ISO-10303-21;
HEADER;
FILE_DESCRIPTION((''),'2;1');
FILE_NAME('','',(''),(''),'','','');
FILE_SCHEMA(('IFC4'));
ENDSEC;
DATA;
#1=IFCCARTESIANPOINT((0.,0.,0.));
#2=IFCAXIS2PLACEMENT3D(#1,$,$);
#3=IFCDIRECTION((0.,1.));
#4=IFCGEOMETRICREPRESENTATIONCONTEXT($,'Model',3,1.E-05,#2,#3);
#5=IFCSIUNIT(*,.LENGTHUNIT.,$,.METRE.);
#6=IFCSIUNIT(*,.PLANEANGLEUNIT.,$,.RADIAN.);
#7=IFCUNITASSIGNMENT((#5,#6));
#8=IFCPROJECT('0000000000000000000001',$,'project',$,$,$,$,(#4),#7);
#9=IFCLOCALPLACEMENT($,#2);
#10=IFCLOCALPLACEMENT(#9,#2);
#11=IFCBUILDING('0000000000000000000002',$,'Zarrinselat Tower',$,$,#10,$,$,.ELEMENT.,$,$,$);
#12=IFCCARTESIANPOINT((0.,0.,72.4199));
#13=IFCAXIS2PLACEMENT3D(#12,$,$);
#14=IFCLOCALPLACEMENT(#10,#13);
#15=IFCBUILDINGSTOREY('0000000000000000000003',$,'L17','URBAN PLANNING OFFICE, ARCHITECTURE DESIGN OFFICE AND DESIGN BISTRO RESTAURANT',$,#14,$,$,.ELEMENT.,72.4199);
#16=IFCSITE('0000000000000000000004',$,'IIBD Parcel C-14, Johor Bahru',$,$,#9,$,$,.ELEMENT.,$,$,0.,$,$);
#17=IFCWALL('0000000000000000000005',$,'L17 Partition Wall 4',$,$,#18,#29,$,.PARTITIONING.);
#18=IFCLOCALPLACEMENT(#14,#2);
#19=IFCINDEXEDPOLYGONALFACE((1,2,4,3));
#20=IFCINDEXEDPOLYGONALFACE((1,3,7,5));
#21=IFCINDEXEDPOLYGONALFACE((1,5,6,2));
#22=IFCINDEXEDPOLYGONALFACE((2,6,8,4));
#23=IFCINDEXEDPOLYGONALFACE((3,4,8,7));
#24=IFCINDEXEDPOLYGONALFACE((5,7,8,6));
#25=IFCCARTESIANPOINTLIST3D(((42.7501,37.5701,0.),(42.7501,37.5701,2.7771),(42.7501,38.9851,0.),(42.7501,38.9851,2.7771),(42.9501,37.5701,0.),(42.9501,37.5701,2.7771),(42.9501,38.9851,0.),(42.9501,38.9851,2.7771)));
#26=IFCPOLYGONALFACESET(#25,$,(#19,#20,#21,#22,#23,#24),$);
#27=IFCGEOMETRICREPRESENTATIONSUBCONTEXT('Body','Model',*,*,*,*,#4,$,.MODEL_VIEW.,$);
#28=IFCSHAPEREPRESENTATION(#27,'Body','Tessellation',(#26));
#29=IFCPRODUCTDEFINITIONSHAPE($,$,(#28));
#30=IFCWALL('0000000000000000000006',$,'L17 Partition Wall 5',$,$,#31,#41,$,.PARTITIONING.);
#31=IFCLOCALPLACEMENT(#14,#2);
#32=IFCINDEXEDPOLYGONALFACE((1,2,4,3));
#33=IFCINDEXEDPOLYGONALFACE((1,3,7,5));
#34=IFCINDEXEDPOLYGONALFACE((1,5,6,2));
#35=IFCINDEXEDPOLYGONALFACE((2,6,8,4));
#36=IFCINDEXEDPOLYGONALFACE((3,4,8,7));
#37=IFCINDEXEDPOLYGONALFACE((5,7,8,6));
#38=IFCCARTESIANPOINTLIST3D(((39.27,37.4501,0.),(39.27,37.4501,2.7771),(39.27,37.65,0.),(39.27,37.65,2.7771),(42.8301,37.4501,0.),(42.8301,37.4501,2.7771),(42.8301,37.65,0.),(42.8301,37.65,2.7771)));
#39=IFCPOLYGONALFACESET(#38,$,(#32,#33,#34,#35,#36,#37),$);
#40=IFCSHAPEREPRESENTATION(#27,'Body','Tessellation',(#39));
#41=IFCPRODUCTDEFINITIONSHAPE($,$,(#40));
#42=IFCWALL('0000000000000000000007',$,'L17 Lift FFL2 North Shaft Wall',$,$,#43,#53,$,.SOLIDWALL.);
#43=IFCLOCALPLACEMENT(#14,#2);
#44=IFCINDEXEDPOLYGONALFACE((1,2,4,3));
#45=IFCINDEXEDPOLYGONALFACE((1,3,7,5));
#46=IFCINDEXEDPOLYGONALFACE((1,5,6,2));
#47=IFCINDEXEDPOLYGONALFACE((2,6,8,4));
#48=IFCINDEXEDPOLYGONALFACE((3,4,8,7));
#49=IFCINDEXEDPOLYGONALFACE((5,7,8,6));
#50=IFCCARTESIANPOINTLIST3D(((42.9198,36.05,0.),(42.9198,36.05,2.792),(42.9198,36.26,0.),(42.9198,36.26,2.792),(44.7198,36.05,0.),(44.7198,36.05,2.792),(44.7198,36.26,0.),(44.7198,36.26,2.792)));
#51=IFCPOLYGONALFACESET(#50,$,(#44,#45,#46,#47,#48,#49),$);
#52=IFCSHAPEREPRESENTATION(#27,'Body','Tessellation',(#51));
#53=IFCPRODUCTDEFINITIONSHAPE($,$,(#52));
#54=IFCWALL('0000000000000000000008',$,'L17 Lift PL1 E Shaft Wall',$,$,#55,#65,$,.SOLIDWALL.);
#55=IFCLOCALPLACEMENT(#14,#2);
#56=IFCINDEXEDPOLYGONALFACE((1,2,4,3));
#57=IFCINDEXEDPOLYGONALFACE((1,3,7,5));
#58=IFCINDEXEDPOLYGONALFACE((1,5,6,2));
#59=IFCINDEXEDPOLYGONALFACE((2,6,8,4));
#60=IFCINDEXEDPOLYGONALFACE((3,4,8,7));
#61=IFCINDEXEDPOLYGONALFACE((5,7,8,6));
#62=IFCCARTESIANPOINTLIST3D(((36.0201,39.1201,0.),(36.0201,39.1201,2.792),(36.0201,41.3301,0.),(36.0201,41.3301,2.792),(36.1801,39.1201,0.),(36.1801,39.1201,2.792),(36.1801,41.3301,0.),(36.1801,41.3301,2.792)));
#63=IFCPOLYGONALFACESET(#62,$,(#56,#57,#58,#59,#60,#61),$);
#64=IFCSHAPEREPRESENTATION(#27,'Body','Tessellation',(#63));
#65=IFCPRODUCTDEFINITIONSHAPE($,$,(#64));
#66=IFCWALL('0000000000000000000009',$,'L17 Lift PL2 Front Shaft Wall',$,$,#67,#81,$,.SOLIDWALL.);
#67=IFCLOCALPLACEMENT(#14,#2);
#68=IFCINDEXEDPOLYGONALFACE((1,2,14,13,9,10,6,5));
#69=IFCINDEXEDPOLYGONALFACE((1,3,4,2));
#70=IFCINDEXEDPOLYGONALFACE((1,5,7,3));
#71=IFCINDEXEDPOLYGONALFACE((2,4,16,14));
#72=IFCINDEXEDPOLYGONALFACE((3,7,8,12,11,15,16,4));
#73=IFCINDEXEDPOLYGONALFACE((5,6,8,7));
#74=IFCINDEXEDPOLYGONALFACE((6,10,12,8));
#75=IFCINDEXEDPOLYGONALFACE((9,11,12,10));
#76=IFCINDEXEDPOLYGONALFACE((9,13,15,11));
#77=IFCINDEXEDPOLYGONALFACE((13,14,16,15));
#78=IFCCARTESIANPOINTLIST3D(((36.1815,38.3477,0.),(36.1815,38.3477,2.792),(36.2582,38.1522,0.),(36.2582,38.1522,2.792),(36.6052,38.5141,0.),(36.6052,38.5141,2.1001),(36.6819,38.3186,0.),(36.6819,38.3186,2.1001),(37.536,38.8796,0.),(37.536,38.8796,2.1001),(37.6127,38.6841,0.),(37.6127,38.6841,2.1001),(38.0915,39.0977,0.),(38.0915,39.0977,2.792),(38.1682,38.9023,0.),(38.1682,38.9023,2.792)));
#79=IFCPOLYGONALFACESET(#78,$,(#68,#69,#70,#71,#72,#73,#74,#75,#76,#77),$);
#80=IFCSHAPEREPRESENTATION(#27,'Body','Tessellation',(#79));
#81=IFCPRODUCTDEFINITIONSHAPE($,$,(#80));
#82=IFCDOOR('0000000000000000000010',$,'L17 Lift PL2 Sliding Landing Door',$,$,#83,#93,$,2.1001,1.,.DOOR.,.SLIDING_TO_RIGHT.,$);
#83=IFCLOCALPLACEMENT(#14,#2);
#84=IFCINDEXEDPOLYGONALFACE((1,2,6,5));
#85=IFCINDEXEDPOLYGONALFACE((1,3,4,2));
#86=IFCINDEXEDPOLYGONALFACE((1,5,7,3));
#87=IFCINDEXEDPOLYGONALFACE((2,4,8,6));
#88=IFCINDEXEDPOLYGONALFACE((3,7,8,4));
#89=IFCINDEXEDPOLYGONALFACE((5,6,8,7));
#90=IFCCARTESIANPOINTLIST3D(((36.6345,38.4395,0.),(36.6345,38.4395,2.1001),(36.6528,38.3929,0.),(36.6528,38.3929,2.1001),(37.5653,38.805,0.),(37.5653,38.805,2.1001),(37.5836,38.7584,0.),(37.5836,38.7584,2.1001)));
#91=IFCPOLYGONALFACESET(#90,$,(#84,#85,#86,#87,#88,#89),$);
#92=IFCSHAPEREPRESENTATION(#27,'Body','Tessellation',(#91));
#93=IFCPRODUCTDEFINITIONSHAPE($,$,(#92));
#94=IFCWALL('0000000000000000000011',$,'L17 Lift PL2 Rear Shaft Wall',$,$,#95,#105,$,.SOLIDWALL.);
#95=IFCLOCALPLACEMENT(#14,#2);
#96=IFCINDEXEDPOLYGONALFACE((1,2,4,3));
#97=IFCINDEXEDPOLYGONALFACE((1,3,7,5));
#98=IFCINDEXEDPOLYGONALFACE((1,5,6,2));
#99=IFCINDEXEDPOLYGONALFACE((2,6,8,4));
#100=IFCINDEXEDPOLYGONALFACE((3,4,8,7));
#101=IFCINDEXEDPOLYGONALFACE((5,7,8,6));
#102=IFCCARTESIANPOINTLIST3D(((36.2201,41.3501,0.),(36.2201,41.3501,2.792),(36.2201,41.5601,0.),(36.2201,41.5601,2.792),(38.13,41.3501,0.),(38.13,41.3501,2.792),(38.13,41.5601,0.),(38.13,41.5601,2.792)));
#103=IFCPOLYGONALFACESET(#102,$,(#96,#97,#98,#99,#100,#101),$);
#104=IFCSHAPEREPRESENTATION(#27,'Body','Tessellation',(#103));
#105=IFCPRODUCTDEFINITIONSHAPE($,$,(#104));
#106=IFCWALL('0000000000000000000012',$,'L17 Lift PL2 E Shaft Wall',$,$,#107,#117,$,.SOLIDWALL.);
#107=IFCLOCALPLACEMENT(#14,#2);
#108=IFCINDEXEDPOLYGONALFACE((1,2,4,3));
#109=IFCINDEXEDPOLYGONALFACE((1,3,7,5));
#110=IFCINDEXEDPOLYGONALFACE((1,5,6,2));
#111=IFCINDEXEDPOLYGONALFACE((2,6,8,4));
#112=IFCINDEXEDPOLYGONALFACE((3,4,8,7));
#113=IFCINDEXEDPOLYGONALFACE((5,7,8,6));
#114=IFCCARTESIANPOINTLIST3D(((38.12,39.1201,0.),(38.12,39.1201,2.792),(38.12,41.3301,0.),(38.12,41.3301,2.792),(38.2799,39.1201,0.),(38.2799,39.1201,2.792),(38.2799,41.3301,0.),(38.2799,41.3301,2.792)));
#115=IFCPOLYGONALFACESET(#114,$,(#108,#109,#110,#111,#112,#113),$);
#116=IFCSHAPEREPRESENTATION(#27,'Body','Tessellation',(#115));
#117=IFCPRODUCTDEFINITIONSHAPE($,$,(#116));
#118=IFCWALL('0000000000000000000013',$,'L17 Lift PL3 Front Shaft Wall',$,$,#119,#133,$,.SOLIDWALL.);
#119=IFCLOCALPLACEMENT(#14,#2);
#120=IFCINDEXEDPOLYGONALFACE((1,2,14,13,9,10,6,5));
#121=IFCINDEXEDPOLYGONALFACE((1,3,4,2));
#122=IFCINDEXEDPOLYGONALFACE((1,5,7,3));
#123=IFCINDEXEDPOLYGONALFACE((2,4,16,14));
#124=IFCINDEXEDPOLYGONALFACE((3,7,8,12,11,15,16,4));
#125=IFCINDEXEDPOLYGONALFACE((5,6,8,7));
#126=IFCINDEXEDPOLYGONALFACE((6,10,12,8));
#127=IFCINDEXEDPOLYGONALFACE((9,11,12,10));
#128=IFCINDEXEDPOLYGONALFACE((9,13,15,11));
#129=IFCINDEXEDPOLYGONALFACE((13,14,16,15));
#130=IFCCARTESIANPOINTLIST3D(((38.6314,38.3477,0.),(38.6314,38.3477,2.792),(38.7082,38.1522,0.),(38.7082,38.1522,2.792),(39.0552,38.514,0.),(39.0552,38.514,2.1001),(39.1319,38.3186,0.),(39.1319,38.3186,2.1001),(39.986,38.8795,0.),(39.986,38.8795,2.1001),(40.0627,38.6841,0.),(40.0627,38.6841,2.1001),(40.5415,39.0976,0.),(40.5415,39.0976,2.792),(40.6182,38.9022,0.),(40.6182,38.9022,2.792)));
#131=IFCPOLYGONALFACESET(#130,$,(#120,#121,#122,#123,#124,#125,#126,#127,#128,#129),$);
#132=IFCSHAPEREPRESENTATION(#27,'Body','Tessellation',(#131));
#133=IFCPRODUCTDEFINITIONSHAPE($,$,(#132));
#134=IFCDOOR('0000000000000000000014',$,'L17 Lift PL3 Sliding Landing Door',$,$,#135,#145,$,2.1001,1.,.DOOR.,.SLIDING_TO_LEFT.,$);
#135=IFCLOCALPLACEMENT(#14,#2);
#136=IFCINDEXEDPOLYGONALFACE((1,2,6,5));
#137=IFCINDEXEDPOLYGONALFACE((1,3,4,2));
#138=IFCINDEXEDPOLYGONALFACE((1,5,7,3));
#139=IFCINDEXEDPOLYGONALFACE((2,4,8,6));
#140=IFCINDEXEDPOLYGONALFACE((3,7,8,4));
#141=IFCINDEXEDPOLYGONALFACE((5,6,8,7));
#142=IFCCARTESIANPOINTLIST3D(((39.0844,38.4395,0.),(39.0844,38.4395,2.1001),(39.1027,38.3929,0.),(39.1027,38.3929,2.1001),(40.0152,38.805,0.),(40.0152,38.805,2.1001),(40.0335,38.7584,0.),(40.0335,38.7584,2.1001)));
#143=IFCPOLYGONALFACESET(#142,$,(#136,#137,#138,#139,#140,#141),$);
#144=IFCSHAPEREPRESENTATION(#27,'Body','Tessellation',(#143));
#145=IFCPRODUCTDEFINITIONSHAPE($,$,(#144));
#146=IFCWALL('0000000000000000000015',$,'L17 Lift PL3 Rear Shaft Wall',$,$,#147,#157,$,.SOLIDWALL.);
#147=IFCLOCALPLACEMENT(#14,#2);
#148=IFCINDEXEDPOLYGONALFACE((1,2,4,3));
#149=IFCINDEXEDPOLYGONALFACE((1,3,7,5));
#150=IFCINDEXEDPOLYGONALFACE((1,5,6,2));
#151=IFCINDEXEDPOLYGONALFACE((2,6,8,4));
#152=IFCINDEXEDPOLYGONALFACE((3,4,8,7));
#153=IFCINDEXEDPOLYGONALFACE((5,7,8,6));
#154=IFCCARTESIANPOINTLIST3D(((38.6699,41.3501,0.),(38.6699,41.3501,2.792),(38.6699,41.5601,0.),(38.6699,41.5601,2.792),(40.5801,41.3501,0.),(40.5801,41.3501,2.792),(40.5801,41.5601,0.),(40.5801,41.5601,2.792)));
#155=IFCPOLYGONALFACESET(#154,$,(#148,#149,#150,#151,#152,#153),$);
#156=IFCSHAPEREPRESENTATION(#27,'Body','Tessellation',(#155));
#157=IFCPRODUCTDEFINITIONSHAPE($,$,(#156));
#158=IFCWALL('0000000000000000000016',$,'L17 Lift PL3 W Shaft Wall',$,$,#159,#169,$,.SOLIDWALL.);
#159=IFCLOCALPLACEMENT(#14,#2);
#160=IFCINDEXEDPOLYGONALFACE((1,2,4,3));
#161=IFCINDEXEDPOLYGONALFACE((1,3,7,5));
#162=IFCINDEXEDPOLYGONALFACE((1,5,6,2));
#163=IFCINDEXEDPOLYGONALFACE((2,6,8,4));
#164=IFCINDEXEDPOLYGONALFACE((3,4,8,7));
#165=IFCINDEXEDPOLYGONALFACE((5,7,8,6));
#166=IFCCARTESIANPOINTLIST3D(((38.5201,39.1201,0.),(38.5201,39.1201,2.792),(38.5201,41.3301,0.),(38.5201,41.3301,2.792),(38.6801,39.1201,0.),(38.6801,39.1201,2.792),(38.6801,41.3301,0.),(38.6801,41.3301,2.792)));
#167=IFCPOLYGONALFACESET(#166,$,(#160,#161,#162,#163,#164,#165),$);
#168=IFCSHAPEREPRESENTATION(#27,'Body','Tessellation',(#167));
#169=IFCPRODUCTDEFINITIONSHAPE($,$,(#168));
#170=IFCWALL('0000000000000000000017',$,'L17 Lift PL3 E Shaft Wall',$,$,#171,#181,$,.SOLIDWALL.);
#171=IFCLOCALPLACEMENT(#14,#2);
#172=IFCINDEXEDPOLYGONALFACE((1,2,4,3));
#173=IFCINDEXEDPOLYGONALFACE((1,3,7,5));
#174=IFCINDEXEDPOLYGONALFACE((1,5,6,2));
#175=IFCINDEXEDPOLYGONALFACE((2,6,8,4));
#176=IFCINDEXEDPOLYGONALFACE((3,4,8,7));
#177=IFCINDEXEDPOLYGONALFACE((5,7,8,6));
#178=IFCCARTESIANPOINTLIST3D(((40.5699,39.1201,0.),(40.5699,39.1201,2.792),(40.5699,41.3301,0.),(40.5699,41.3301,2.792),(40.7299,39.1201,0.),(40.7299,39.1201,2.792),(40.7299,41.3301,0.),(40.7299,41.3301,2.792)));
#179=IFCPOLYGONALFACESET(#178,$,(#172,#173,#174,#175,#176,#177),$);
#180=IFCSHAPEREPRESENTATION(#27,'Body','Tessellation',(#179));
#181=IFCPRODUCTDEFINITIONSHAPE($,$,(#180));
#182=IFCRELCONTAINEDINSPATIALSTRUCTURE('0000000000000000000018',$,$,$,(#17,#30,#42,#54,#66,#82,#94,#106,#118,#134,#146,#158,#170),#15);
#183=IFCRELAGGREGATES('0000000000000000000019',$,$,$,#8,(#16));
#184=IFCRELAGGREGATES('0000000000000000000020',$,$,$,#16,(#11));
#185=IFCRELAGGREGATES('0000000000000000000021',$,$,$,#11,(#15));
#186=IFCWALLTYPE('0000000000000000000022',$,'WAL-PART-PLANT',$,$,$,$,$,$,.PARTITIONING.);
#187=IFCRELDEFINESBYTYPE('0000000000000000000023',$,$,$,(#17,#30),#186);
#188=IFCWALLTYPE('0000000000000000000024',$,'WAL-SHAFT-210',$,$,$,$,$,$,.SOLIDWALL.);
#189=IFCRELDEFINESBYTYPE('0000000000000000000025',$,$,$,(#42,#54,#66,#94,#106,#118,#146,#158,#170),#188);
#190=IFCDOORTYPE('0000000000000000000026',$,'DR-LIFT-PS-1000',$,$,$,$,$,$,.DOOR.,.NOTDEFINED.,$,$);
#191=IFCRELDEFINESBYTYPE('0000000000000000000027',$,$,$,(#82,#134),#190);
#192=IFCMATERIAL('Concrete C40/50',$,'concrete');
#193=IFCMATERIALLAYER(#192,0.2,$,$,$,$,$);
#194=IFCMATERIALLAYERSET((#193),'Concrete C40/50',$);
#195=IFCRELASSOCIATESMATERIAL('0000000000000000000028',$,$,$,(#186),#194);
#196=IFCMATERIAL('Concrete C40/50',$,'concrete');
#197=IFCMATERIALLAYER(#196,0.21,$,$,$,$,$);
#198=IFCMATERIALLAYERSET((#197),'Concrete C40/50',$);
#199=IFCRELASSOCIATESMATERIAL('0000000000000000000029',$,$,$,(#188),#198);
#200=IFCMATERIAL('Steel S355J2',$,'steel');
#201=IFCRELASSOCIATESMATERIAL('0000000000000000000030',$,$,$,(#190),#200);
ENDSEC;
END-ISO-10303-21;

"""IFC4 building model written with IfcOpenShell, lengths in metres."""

from ifc_helpers import new_model, si_unit, direction, frame, frame_2d, origin, place, context, subcontext, project, spatial, rectangle, extrude, material, layer, layer_set, type_object, element, fill, save


model = new_model("IFC4")

# Units and contexts
model_context = context("Model", 3, precision=1e-05, world=origin(), true_north=direction((0.0, 1.0)))
body_context = subcontext(model_context, "Body", "Model", "MODEL_VIEW")
ifc_project = project(units=[si_unit("LENGTHUNIT", "METRE"), si_unit("PLANEANGLEUNIT", "RADIAN")], contexts=[model_context])

# Site, building, storey
site_placement = place(None, origin())
site = spatial("IfcSite", under=ifc_project, at=site_placement, Name="IIBD Parcel C-14, Johor Bahru", CompositionType="ELEMENT", RefElevation=0.0)
building_placement = place(site_placement, origin())
building = spatial("IfcBuilding", under=site, at=building_placement, Name="Zarrinselat Tower", CompositionType="ELEMENT")
storey_placement = place(building_placement, frame((0.0, 0.0, 72.4199)))
storey = spatial("IfcBuildingStorey", under=building, at=storey_placement, Name="L17", Description="URBAN PLANNING OFFICE, ARCHITECTURE DESIGN OFFICE AND DESIGN BISTRO RESTAURANT", CompositionType="ELEMENT", Elevation=72.4199)

# Walls
ifc_material_1 = material(Name="Concrete C40/50", Category="concrete")
ifc_layer_1 = layer(ifc_material_1, 0.2)
ifc_layer_set_1 = layer_set([ifc_layer_1], Name="Concrete C40/50")
wall_type_1 = type_object("IfcWallType", Name="WAL-PART-PLANT", PredefinedType="PARTITIONING", material=ifc_layer_set_1)
wall_1_placement = place(storey_placement, frame((42.8501, 37.5701, 0.0), z_axis=(0.0, 0.0, 1.0), x_axis=(0.0, 1.0, 0.0)))
element("IfcWall", 1, at=wall_1_placement, inside=storey, type_object=wall_type_1, Name="L17 Partition Wall 4", PredefinedType="PARTITIONING", context=body_context, shape_type="SweptSolid", body=[
    extrude(rectangle(XDim=1.415, YDim=0.2, at=frame_2d((0.7075, 0.0))), origin(), (0.0, 0.0, 1.0), 2.7771),
])
wall_2_placement = place(storey_placement, frame((39.27, 37.55, 0.0), z_axis=(0.0, 0.0, 1.0), x_axis=(1.0, 0.0, 0.0)))
element("IfcWall", 2, at=wall_2_placement, inside=storey, type_object=wall_type_1, Name="L17 Partition Wall 5", PredefinedType="PARTITIONING", context=body_context, shape_type="SweptSolid", body=[
    extrude(rectangle(XDim=3.5601, YDim=0.2, at=frame_2d((1.78, 0.0))), origin(), (0.0, 0.0, 1.0), 2.7771),
])
ifc_material_2 = material(Name="Concrete C40/50", Category="concrete")
ifc_layer_2 = layer(ifc_material_2, 0.21)
ifc_layer_set_2 = layer_set([ifc_layer_2], Name="Concrete C40/50")
wall_type_2 = type_object("IfcWallType", Name="WAL-SHAFT-210", PredefinedType="SOLIDWALL", material=ifc_layer_set_2)
wall_3_placement = place(storey_placement, frame((42.9199, 36.155, 0.0), z_axis=(0.0, 0.0, 1.0), x_axis=(1.0, 0.0, 0.0)))
element("IfcWall", 3, at=wall_3_placement, inside=storey, type_object=wall_type_2, Name="L17 Lift FFL2 North Shaft Wall", PredefinedType="SOLIDWALL", context=body_context, shape_type="SweptSolid", body=[
    extrude(rectangle(XDim=1.8, YDim=0.21, at=frame_2d((0.8999, 0.0))), origin(), (0.0, 0.0, 1.0), 2.792),
])
wall_4_placement = place(storey_placement, frame((36.1001, 39.1201, 0.0), z_axis=(0.0, 0.0, 1.0), x_axis=(0.0, 1.0, 0.0)))
element("IfcWall", 4, at=wall_4_placement, inside=storey, type_object=wall_type_2, Name="L17 Lift PL1 E Shaft Wall", PredefinedType="SOLIDWALL", context=body_context, shape_type="SweptSolid", body=[
    extrude(rectangle(XDim=2.21, YDim=0.1599, at=frame_2d((1.105, 0.0))), origin(), (0.0, 0.0, 1.0), 2.792),
])

# Wall, opening, door
wall_5_placement = place(storey_placement, frame((36.22, 38.25, 0.0), z_axis=(0.0, 0.0, 1.0), x_axis=(0.930805, 0.365516, 0.0)))
wall_5 = element("IfcWall", 5, at=wall_5_placement, inside=storey, type_object=wall_type_2, Name="L17 Lift PL2 Front Shaft Wall", PredefinedType="SOLIDWALL", context=body_context, shape_type="SweptSolid", body=[
    extrude(rectangle(XDim=2.052, YDim=0.21, at=frame_2d((1.0259, 0.0))), origin(), (0.0, 0.0, 1.0), 2.792),
])
opening_1_placement = place(wall_5_placement, frame((0.4551, 0.0, 0.0)))
opening_1 = element("IfcOpeningElement", 6, at=opening_1_placement, cuts=wall_5, PredefinedType="OPENING", context=body_context, shape_type="SweptSolid", body=[
    extrude(rectangle(XDim=1.0, YDim=2.1001, at=frame_2d((0.5, 1.05))), frame((0.0, 0.115, 0.0), z_axis=(0.0, -1.0, 0.0), x_axis=(1.0, 0.0, 0.0)), (0.0, 0.0, 1.0), 0.23),
])
ifc_material_3 = material(Name="Steel S355J2", Category="steel")
door_type = type_object("IfcDoorType", Name="DR-LIFT-PS-1000", OperationType="NOTDEFINED", PredefinedType="DOOR", material=ifc_material_3)
door_1_placement = place(opening_1_placement, origin())
door_1 = element("IfcDoor", 7, at=door_1_placement, inside=storey, type_object=door_type, Name="L17 Lift PL2 Sliding Landing Door", OperationType="SLIDING_TO_RIGHT", OverallHeight=2.1001, OverallWidth=1.0, PredefinedType="DOOR", context=body_context, shape_type="SweptSolid", body=[
    extrude(rectangle(XDim=1.0, YDim=2.1001, at=frame_2d((0.5, 1.05))), frame((0.0, 0.0249, 0.0), z_axis=(0.0, -1.0, 0.0), x_axis=(1.0, 0.0, 0.0)), (0.0, 0.0, 1.0), 0.05),
])
fill(opening_1, door_1)

# Walls
wall_6_placement = place(storey_placement, frame((36.22, 41.4551, 0.0), z_axis=(0.0, 0.0, 1.0), x_axis=(1.0, 0.0, 0.0)))
element("IfcWall", 8, at=wall_6_placement, inside=storey, type_object=wall_type_2, Name="L17 Lift PL2 Rear Shaft Wall", PredefinedType="SOLIDWALL", context=body_context, shape_type="SweptSolid", body=[
    extrude(rectangle(XDim=1.9099, YDim=0.21, at=frame_2d((0.9551, 0.0))), origin(), (0.0, 0.0, 1.0), 2.792),
])
wall_7_placement = place(storey_placement, frame((38.2, 39.1201, 0.0), z_axis=(0.0, 0.0, 1.0), x_axis=(0.0, 1.0, 0.0)))
element("IfcWall", 9, at=wall_7_placement, inside=storey, type_object=wall_type_2, Name="L17 Lift PL2 E Shaft Wall", PredefinedType="SOLIDWALL", context=body_context, shape_type="SweptSolid", body=[
    extrude(rectangle(XDim=2.21, YDim=0.1599, at=frame_2d((1.105, 0.0))), origin(), (0.0, 0.0, 1.0), 2.792),
])

# Wall, opening, door
wall_8_placement = place(storey_placement, frame((38.6699, 38.25, 0.0), z_axis=(0.0, 0.0, 1.0), x_axis=(0.930821, 0.365476, 0.0)))
wall_8 = element("IfcWall", 10, at=wall_8_placement, inside=storey, type_object=wall_type_2, Name="L17 Lift PL3 Front Shaft Wall", PredefinedType="SOLIDWALL", context=body_context, shape_type="SweptSolid", body=[
    extrude(rectangle(XDim=2.052, YDim=0.21, at=frame_2d((1.0259, 0.0))), origin(), (0.0, 0.0, 1.0), 2.792),
])
opening_2_placement = place(wall_8_placement, frame((0.4551, 0.0, 0.0)))
opening_2 = element("IfcOpeningElement", 11, at=opening_2_placement, cuts=wall_8, PredefinedType="OPENING", context=body_context, shape_type="SweptSolid", body=[
    extrude(rectangle(XDim=1.0, YDim=2.1001, at=frame_2d((0.5, 1.05))), frame((0.0, 0.115, 0.0), z_axis=(0.0, -1.0, 0.0), x_axis=(1.0, 0.0, 0.0)), (0.0, 0.0, 1.0), 0.23),
])
door_2_placement = place(opening_2_placement, origin())
door_2 = element("IfcDoor", 12, at=door_2_placement, inside=storey, type_object=door_type, Name="L17 Lift PL3 Sliding Landing Door", OperationType="SLIDING_TO_LEFT", OverallHeight=2.1001, OverallWidth=1.0, PredefinedType="DOOR", context=body_context, shape_type="SweptSolid", body=[
    extrude(rectangle(XDim=1.0, YDim=2.1001, at=frame_2d((0.5, 1.05))), frame((0.0, 0.0249, 0.0), z_axis=(0.0, -1.0, 0.0), x_axis=(1.0, 0.0, 0.0)), (0.0, 0.0, 1.0), 0.05),
])
fill(opening_2, door_2)

# Walls
wall_9_placement = place(storey_placement, frame((38.6699, 41.4551, 0.0), z_axis=(0.0, 0.0, 1.0), x_axis=(1.0, 0.0, 0.0)))
element("IfcWall", 13, at=wall_9_placement, inside=storey, type_object=wall_type_2, Name="L17 Lift PL3 Rear Shaft Wall", PredefinedType="SOLIDWALL", context=body_context, shape_type="SweptSolid", body=[
    extrude(rectangle(XDim=1.9102, YDim=0.21, at=frame_2d((0.9551, 0.0))), origin(), (0.0, 0.0, 1.0), 2.792),
])
for number, where, z_axis, x_axis, name in (
    (14, (38.6001, 39.1201, 0.0), (0.0, 0.0, 1.0), (0.0, 1.0, 0.0), "L17 Lift PL3 W Shaft Wall"),
    (15, (40.6499, 39.1201, 0.0), (0.0, 0.0, 1.0), (0.0, 1.0, 0.0), "L17 Lift PL3 E Shaft Wall"),
):
    element("IfcWall", number, at=place(storey_placement, frame(where, z_axis=z_axis, x_axis=x_axis)), inside=storey, type_object=wall_type_2, Name=name, PredefinedType="SOLIDWALL", context=body_context, shape_type="SweptSolid", body=[
        extrude(rectangle(XDim=2.21, YDim=0.1599, at=frame_2d((1.105, 0.0))), origin(), (0.0, 0.0, 1.0), 2.792),
    ])

save(model, "model.ifc")
